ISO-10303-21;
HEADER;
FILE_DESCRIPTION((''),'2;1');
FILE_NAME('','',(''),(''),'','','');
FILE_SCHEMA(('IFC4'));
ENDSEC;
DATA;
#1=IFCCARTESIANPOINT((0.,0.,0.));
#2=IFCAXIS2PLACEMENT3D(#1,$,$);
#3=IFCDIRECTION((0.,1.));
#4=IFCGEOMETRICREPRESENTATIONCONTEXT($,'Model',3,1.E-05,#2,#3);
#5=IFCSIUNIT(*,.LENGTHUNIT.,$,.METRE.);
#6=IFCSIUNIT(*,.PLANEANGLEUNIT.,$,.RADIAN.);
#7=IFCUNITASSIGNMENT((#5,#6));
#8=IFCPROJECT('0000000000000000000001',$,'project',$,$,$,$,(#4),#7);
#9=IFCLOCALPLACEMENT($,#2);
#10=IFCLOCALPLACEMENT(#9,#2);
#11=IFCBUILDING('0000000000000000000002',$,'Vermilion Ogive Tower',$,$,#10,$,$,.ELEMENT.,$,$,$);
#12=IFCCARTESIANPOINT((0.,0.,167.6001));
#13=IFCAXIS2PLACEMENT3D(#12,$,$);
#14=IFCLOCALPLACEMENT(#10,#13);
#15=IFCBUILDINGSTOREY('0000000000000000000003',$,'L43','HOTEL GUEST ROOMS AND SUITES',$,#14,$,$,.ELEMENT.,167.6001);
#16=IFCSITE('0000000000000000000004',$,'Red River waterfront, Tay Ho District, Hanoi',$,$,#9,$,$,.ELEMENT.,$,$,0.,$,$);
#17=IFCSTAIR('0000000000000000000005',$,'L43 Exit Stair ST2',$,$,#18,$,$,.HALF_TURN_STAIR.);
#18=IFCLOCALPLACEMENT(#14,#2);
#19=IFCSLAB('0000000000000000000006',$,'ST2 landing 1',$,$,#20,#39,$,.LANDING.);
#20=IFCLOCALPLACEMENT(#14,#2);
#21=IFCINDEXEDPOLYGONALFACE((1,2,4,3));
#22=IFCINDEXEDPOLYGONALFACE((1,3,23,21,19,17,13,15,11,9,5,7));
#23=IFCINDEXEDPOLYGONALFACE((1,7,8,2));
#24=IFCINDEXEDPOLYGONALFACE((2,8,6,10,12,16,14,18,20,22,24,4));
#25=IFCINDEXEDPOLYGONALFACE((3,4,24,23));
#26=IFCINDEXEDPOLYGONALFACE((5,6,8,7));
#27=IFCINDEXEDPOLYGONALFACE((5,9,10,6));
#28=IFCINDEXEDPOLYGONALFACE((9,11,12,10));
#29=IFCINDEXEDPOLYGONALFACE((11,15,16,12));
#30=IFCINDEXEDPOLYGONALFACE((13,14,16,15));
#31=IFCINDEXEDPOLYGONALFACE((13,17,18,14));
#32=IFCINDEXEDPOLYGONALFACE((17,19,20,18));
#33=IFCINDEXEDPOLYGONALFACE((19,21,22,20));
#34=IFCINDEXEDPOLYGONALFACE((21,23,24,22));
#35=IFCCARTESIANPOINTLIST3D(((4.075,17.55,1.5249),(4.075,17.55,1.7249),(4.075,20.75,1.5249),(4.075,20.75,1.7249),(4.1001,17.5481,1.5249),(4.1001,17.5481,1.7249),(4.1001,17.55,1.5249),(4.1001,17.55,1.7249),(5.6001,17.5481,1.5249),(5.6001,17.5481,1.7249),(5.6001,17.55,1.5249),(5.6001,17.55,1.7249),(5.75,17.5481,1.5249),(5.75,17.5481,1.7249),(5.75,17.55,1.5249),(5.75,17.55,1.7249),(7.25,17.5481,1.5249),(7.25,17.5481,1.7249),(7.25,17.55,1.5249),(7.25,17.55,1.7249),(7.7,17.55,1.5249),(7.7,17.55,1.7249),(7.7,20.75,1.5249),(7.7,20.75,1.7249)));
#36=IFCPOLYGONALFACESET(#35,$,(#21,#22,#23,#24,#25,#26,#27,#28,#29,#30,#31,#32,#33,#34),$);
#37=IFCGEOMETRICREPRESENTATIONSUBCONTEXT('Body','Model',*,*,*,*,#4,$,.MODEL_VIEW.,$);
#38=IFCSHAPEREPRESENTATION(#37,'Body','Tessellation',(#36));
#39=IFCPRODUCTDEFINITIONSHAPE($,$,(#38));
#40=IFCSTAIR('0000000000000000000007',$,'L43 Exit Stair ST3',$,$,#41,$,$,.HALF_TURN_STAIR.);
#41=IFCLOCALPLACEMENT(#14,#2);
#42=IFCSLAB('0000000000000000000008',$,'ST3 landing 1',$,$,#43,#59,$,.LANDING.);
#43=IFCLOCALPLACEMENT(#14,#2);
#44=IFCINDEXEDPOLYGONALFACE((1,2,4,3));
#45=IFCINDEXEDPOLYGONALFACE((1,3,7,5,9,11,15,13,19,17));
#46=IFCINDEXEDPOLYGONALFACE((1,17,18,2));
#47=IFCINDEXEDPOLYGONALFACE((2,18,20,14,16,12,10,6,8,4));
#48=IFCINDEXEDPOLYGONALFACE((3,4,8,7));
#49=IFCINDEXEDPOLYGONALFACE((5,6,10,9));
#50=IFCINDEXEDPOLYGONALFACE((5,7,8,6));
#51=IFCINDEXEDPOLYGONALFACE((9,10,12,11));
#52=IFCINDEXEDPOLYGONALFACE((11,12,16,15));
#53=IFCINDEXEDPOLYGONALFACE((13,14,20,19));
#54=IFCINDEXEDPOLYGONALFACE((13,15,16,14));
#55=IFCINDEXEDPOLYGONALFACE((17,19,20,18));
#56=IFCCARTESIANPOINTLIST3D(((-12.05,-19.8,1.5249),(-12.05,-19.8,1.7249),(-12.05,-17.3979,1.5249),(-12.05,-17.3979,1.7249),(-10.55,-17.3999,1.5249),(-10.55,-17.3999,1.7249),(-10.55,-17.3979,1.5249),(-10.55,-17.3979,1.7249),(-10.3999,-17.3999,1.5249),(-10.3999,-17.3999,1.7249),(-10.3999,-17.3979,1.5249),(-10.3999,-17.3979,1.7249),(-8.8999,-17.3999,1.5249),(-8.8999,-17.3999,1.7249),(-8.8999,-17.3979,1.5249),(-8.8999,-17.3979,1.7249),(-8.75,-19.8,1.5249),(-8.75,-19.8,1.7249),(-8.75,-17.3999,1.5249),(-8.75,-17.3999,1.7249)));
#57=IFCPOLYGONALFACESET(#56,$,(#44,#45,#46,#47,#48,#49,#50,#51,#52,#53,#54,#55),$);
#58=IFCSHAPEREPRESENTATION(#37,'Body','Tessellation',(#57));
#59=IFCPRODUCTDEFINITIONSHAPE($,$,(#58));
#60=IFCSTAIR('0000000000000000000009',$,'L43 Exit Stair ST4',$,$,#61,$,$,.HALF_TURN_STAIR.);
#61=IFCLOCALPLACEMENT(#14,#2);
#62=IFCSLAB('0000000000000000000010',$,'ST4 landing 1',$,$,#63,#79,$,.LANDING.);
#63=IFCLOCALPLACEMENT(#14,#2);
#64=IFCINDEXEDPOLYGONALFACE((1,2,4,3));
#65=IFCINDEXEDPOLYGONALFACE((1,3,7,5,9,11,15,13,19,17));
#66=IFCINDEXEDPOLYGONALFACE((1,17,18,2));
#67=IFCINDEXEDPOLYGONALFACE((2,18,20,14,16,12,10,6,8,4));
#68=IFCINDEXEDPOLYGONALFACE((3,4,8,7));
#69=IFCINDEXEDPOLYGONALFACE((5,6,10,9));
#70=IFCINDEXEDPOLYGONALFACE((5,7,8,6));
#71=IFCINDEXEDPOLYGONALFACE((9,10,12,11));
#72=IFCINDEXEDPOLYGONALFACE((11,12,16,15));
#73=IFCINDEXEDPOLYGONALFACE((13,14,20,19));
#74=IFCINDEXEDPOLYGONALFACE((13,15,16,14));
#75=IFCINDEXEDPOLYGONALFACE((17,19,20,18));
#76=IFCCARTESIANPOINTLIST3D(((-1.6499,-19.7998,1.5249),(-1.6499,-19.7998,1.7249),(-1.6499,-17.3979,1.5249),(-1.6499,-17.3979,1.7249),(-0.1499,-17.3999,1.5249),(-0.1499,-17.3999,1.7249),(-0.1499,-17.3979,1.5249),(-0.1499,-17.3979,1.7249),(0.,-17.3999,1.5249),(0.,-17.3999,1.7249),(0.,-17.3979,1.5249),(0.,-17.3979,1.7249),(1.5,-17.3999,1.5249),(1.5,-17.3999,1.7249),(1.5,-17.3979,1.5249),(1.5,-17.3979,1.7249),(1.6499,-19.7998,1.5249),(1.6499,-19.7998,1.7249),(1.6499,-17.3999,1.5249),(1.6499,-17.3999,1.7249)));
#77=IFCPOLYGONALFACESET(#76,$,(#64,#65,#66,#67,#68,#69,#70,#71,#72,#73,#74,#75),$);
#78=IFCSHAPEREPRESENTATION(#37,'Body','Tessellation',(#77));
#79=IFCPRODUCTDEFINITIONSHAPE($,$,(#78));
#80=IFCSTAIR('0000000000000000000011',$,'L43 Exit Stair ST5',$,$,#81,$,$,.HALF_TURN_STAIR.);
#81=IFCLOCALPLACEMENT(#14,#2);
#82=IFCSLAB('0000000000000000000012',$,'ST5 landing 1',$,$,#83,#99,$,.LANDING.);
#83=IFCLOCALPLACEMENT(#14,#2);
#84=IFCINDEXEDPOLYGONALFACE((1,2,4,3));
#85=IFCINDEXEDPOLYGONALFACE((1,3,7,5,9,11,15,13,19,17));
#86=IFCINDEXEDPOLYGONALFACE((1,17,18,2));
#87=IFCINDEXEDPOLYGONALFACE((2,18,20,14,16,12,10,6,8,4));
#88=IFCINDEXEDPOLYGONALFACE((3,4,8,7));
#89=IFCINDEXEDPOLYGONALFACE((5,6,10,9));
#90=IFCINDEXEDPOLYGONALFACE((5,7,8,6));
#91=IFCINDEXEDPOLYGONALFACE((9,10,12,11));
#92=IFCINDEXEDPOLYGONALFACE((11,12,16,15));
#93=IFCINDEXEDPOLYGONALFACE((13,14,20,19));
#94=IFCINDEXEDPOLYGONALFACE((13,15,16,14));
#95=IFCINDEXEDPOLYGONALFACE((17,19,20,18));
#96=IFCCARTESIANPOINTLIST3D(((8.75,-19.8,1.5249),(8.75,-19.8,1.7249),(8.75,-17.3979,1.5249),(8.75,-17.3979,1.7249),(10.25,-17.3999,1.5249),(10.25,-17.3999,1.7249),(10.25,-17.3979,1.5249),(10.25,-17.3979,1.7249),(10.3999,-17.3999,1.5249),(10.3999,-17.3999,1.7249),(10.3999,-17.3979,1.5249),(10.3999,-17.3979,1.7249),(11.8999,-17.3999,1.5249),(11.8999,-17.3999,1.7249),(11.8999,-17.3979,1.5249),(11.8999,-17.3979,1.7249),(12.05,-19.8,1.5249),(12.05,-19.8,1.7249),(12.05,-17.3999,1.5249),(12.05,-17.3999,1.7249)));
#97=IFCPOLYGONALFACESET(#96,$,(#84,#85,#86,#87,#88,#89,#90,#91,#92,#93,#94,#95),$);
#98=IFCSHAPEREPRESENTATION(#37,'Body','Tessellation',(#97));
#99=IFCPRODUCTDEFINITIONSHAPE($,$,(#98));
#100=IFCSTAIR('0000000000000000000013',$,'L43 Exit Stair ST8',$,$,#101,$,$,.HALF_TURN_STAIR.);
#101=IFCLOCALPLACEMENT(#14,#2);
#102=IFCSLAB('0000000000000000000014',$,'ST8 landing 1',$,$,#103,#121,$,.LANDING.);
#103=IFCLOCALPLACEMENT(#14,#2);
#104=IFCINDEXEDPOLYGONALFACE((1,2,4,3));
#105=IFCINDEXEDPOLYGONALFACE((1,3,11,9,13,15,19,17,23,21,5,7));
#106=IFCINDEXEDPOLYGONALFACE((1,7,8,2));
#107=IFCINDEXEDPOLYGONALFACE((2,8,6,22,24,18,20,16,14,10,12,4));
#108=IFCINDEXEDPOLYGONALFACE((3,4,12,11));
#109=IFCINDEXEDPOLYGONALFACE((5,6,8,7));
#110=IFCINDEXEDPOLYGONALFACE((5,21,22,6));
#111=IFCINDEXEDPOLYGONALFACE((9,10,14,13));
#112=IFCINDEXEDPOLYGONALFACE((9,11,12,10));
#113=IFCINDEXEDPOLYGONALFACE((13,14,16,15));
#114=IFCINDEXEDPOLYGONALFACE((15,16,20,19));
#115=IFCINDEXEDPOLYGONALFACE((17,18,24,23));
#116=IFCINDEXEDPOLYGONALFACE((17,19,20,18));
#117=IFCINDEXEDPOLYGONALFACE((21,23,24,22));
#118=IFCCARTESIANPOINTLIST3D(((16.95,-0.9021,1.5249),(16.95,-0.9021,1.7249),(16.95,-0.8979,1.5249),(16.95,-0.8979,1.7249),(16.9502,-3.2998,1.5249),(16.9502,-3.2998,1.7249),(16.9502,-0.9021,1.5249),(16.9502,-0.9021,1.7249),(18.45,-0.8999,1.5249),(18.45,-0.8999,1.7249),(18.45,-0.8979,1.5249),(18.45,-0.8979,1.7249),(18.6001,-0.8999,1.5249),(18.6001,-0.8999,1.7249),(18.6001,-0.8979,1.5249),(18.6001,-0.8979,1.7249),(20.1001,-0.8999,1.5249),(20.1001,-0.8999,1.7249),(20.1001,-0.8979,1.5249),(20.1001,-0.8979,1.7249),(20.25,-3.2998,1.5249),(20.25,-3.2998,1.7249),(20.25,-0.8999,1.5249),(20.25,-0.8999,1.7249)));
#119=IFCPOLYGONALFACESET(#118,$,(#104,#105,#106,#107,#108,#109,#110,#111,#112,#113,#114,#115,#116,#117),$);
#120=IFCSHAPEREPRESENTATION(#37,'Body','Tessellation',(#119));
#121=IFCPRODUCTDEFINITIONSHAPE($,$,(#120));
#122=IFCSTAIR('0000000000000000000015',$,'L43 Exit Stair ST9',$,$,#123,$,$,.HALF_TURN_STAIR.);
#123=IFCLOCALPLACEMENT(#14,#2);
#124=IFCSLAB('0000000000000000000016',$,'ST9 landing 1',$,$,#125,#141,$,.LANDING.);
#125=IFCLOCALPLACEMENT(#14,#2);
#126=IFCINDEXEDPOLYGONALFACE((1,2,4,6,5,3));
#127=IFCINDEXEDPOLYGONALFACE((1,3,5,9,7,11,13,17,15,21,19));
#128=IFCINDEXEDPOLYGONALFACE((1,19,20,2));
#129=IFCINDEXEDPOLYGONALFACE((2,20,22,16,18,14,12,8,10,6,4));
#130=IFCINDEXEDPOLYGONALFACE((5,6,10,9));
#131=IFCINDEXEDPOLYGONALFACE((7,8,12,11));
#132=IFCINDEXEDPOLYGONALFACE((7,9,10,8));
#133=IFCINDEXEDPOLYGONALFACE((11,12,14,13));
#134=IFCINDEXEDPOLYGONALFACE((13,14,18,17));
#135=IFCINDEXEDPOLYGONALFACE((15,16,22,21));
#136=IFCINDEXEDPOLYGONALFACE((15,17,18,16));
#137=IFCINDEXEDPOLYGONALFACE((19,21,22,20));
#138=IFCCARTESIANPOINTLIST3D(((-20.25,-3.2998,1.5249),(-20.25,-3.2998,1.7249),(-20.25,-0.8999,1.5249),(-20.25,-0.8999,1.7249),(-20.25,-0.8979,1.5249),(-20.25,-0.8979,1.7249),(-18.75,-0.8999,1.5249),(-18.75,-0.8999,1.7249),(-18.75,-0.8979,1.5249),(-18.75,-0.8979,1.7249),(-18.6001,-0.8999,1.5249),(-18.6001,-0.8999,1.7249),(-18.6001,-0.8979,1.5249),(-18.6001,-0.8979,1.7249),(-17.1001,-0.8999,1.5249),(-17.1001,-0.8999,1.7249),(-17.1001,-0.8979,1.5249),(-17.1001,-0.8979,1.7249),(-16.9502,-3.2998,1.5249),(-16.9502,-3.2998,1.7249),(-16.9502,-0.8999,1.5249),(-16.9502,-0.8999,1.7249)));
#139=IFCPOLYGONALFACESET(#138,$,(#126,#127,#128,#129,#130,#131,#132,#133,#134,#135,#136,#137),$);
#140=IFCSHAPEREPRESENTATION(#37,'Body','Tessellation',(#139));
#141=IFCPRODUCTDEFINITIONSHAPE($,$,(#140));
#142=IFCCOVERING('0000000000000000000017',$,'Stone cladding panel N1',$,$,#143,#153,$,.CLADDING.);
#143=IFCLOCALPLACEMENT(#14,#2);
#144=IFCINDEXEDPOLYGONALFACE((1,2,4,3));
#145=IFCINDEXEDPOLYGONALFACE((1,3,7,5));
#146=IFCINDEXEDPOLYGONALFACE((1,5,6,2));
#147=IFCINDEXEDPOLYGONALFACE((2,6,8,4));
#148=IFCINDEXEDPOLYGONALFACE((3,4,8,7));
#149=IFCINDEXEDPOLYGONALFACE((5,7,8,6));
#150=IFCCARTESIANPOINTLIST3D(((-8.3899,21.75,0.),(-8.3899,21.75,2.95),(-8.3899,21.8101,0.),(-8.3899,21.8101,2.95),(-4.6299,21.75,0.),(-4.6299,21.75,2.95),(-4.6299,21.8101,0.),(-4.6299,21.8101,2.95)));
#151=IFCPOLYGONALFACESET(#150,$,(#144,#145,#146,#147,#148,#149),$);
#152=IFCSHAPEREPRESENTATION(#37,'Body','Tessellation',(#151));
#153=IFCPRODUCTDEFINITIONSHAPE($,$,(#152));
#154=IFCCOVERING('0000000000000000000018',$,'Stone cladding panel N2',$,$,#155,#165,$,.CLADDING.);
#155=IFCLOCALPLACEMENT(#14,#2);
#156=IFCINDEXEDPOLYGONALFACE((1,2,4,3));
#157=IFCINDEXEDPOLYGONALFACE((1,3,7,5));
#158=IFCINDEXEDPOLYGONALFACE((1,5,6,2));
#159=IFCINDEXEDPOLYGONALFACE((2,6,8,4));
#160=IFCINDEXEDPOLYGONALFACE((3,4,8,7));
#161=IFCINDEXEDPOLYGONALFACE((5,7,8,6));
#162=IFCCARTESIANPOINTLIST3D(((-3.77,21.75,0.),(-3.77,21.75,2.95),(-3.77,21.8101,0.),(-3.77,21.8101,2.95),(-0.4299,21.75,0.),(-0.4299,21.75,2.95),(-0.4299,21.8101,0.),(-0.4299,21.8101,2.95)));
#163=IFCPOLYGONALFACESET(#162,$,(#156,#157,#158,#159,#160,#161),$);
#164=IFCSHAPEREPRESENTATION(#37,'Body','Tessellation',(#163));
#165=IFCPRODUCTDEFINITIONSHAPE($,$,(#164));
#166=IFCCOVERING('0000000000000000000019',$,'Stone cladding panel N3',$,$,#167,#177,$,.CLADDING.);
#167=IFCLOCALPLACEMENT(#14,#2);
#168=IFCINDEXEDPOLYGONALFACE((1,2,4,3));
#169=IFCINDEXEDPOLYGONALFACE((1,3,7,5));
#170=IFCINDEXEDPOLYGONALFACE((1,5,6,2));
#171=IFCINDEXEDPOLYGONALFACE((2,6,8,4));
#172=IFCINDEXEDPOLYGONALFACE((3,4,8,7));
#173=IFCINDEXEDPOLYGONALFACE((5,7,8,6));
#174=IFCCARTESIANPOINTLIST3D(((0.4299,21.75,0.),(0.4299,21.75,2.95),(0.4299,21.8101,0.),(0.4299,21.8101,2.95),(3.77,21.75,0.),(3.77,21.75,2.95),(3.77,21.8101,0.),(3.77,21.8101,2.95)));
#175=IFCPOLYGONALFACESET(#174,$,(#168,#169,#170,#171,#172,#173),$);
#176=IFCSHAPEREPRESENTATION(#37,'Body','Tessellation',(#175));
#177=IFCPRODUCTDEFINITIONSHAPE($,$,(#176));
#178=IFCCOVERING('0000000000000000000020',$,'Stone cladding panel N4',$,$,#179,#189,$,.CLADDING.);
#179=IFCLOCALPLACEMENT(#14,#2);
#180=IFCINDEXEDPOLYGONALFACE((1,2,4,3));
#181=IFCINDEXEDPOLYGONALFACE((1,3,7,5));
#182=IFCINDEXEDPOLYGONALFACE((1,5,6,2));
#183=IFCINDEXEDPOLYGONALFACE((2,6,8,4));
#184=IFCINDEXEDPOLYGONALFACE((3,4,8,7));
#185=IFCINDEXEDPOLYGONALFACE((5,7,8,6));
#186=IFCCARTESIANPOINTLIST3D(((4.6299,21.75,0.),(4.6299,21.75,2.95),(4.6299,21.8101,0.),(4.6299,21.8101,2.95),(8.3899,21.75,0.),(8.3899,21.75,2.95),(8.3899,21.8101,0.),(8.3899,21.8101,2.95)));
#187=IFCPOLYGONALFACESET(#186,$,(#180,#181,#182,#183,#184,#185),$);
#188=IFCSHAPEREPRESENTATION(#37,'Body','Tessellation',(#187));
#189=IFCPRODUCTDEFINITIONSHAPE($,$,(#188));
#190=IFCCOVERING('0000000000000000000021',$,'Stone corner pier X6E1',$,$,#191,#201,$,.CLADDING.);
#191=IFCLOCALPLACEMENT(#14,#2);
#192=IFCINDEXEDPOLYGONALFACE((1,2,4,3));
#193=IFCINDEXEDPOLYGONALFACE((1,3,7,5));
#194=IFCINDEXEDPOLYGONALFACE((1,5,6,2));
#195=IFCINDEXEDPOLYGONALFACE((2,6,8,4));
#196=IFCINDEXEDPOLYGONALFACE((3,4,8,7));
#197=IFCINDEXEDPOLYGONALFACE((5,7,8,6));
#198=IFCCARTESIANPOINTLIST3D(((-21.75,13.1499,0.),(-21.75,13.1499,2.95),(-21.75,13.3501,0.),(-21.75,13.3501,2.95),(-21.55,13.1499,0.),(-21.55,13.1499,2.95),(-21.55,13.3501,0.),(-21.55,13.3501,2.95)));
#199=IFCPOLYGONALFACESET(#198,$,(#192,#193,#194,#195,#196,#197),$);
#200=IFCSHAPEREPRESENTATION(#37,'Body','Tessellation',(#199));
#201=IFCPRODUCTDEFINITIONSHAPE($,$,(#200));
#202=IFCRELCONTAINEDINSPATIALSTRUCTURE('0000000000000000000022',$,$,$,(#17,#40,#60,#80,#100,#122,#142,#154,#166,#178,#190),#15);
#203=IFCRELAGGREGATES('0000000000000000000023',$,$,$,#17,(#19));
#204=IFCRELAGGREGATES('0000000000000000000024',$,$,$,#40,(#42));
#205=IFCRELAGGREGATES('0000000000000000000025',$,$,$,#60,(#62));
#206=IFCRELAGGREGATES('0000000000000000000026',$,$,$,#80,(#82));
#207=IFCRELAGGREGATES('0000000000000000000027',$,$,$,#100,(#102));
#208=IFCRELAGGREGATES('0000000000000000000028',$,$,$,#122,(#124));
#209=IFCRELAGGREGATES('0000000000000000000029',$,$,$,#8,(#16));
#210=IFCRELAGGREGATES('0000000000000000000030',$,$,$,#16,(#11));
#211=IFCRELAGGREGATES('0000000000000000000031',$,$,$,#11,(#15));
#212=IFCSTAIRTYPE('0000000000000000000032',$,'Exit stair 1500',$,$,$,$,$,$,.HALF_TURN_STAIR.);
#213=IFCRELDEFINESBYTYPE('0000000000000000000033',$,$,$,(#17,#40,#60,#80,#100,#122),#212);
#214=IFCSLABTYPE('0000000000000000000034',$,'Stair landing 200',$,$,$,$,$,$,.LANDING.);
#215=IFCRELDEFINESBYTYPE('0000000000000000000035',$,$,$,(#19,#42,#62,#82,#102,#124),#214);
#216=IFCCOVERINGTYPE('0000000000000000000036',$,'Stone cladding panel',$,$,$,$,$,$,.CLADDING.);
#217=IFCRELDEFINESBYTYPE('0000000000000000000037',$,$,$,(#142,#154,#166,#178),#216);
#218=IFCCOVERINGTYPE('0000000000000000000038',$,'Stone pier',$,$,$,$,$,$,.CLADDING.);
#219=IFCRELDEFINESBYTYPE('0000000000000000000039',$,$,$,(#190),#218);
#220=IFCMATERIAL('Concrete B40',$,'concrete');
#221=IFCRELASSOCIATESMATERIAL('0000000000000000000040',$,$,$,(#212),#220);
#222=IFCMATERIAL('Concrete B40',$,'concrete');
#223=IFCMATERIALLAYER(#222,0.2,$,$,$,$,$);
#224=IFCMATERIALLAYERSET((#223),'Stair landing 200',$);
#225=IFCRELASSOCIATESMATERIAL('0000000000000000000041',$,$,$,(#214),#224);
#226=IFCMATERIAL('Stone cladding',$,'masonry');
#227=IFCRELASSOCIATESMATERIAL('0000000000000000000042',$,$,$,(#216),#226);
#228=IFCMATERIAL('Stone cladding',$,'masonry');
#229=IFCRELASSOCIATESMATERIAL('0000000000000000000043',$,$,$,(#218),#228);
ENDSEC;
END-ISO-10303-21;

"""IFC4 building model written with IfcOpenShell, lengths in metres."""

from ifc_helpers import new_model, si_unit, direction, frame, origin, place, context, subcontext, project, spatial, polyline, outline, extrude, material, layer, layer_set, type_object, element, aggregate, save


model = new_model("IFC4")

# Units and contexts
model_context = context("Model", 3, precision=1e-05, world=origin(), true_north=direction((0.0, 1.0)))
body_context = subcontext(model_context, "Body", "Model", "MODEL_VIEW")
ifc_project = project(units=[si_unit("LENGTHUNIT", "METRE"), si_unit("PLANEANGLEUNIT", "RADIAN")], contexts=[model_context])

# Site, building, storey
site_placement = place(None, origin())
site = spatial("IfcSite", under=ifc_project, at=site_placement, Name="Red River waterfront, Tay Ho District, Hanoi", CompositionType="ELEMENT", RefElevation=0.0)
building_placement = place(site_placement, origin())
building = spatial("IfcBuilding", under=site, at=building_placement, Name="Vermilion Ogive Tower", CompositionType="ELEMENT")
storey_placement = place(building_placement, frame((0.0, 0.0, 167.6001)))
storey = spatial("IfcBuildingStorey", under=building, at=storey_placement, Name="L43", Description="HOTEL GUEST ROOMS AND SUITES", CompositionType="ELEMENT", Elevation=167.6001)

# Stairs, slabs
ifc_material_1 = material(Name="Concrete B40", Category="concrete")
stair_type = type_object("IfcStairType", Name="Exit stair 1500", PredefinedType="HALF_TURN_STAIR", material=ifc_material_1)
ifc_material_2 = material(Name="Concrete B40", Category="concrete")
ifc_layer_1 = layer(ifc_material_2, 0.2)
ifc_layer_set_1 = layer_set([ifc_layer_1], Name="Stair landing 200")
slab_type_1 = type_object("IfcSlabType", Name="Stair landing 200", PredefinedType="LANDING", material=ifc_layer_set_1)
stair_1_placement = place(storey_placement, origin())
stair_1 = element("IfcStair", 1, at=stair_1_placement, inside=storey, type_object=stair_type, Name="L43 Exit Stair ST2", PredefinedType="HALF_TURN_STAIR")
slab_1_placement = place(storey_placement, frame((0.0, 0.0, 1.5249)))
slab_1 = element("IfcSlab", 2, at=slab_1_placement, type_object=slab_type_1, Name="ST2 landing 1", PredefinedType="LANDING", context=body_context, shape_type="SweptSolid", body=[
    extrude(outline(polyline([(5.6001, 17.55), (5.75, 17.55), (5.75, 17.5481), (7.25, 17.5481), (7.25, 17.55), (7.7, 17.55), (7.7, 20.75), (4.075, 20.75), (4.075, 17.55), (4.1001, 17.55), (4.1001, 17.5481), (5.6001, 17.5481), (5.6001, 17.55)])), origin(), (0.0, 0.0, 1.0), 0.2),
])
aggregate(stair_1, [slab_1])
stair_2_placement = place(storey_placement, origin())
stair_2 = element("IfcStair", 3, at=stair_2_placement, inside=storey, type_object=stair_type, Name="L43 Exit Stair ST3", PredefinedType="HALF_TURN_STAIR")
slab_2_placement = place(storey_placement, frame((0.0, 0.0, 1.5249)))
slab_2 = element("IfcSlab", 4, at=slab_2_placement, type_object=slab_type_1, Name="ST3 landing 1", PredefinedType="LANDING", context=body_context, shape_type="SweptSolid", body=[
    extrude(outline(polyline([(-8.75, -17.3999), (-8.8999, -17.3999), (-8.8999, -17.3979), (-10.3999, -17.3979), (-10.3999, -17.3999), (-10.55, -17.3999), (-10.55, -17.3979), (-12.05, -17.3979), (-12.05, -19.8), (-8.75, -19.8), (-8.75, -17.3999)])), origin(), (0.0, 0.0, 1.0), 0.2),
])
aggregate(stair_2, [slab_2])
stair_3_placement = place(storey_placement, origin())
stair_3 = element("IfcStair", 5, at=stair_3_placement, inside=storey, type_object=stair_type, Name="L43 Exit Stair ST4", PredefinedType="HALF_TURN_STAIR")
slab_3_placement = place(storey_placement, frame((0.0, 0.0, 1.5249)))
slab_3 = element("IfcSlab", 6, at=slab_3_placement, type_object=slab_type_1, Name="ST4 landing 1", PredefinedType="LANDING", context=body_context, shape_type="SweptSolid", body=[
    extrude(outline(polyline([(1.6499, -17.3999), (1.5, -17.3999), (1.5, -17.3979), (0.0, -17.3979), (0.0, -17.3999), (-0.1499, -17.3999), (-0.1499, -17.3979), (-1.6499, -17.3979), (-1.6499, -19.7998), (1.6499, -19.7998), (1.6499, -17.3999)])), origin(), (0.0, 0.0, 1.0), 0.2),
])
aggregate(stair_3, [slab_3])
stair_4_placement = place(storey_placement, origin())
stair_4 = element("IfcStair", 7, at=stair_4_placement, inside=storey, type_object=stair_type, Name="L43 Exit Stair ST5", PredefinedType="HALF_TURN_STAIR")
slab_4_placement = place(storey_placement, frame((0.0, 0.0, 1.5249)))
slab_4 = element("IfcSlab", 8, at=slab_4_placement, type_object=slab_type_1, Name="ST5 landing 1", PredefinedType="LANDING", context=body_context, shape_type="SweptSolid", body=[
    extrude(outline(polyline([(12.05, -17.3999), (11.8999, -17.3999), (11.8999, -17.3979), (10.3999, -17.3979), (10.3999, -17.3999), (10.25, -17.3999), (10.25, -17.3979), (8.75, -17.3979), (8.75, -19.8), (12.05, -19.8), (12.05, -17.3999)])), origin(), (0.0, 0.0, 1.0), 0.2),
])
aggregate(stair_4, [slab_4])
stair_5_placement = place(storey_placement, origin())
stair_5 = element("IfcStair", 9, at=stair_5_placement, inside=storey, type_object=stair_type, Name="L43 Exit Stair ST8", PredefinedType="HALF_TURN_STAIR")
slab_5_placement = place(storey_placement, frame((0.0, 0.0, 1.5249)))
slab_5 = element("IfcSlab", 10, at=slab_5_placement, type_object=slab_type_1, Name="ST8 landing 1", PredefinedType="LANDING", context=body_context, shape_type="SweptSolid", body=[
    extrude(outline(polyline([(20.25, -0.8999), (20.1001, -0.8999), (20.1001, -0.8979), (18.6001, -0.8979), (18.6001, -0.8999), (18.45, -0.8999), (18.45, -0.8979), (16.95, -0.8979), (16.95, -0.9021), (16.9502, -0.9021), (16.9502, -3.2998), (20.25, -3.2998), (20.25, -0.8999)])), origin(), (0.0, 0.0, 1.0), 0.2),
])
aggregate(stair_5, [slab_5])
stair_6_placement = place(storey_placement, origin())
stair_6 = element("IfcStair", 11, at=stair_6_placement, inside=storey, type_object=stair_type, Name="L43 Exit Stair ST9", PredefinedType="HALF_TURN_STAIR")
slab_6_placement = place(storey_placement, frame((0.0, 0.0, 1.5249)))
slab_6 = element("IfcSlab", 12, at=slab_6_placement, type_object=slab_type_1, Name="ST9 landing 1", PredefinedType="LANDING", context=body_context, shape_type="SweptSolid", body=[
    extrude(outline(polyline([(-16.9502, -0.8999), (-17.1001, -0.8999), (-17.1001, -0.8979), (-18.6001, -0.8979), (-18.6001, -0.8999), (-18.75, -0.8999), (-18.75, -0.8979), (-20.25, -0.8979), (-20.25, -0.8999), (-20.25, -0.8999), (-20.25, -3.2998), (-16.9502, -3.2998), (-16.9502, -0.8999)])), origin(), (0.0, 0.0, 1.0), 0.2),
])
aggregate(stair_6, [slab_6])

# Coverings
ifc_material_3 = material(Name="Stone cladding", Category="masonry")
covering_type_1 = type_object("IfcCoveringType", Name="Stone cladding panel", PredefinedType="CLADDING", material=ifc_material_3)
covering_1_placement = place(storey_placement, origin())
element("IfcCovering", 13, at=covering_1_placement, inside=storey, type_object=covering_type_1, Name="Stone cladding panel N1", PredefinedType="CLADDING", context=body_context, shape_type="SweptSolid", body=[
    extrude(outline(polyline([(-8.3899, 21.75), (-4.6299, 21.75), (-4.6299, 21.8101), (-8.3899, 21.8101), (-8.3899, 21.75)])), origin(), (0.0, 0.0, 1.0), 2.95),
])
covering_2_placement = place(storey_placement, origin())
element("IfcCovering", 14, at=covering_2_placement, inside=storey, type_object=covering_type_1, Name="Stone cladding panel N2", PredefinedType="CLADDING", context=body_context, shape_type="SweptSolid", body=[
    extrude(outline(polyline([(-3.77, 21.75), (-0.4299, 21.75), (-0.4299, 21.8101), (-3.77, 21.8101), (-3.77, 21.75)])), origin(), (0.0, 0.0, 1.0), 2.95),
])
covering_3_placement = place(storey_placement, origin())
element("IfcCovering", 15, at=covering_3_placement, inside=storey, type_object=covering_type_1, Name="Stone cladding panel N3", PredefinedType="CLADDING", context=body_context, shape_type="SweptSolid", body=[
    extrude(outline(polyline([(0.4299, 21.75), (3.77, 21.75), (3.77, 21.8101), (0.4299, 21.8101), (0.4299, 21.75)])), origin(), (0.0, 0.0, 1.0), 2.95),
])
covering_4_placement = place(storey_placement, origin())
element("IfcCovering", 16, at=covering_4_placement, inside=storey, type_object=covering_type_1, Name="Stone cladding panel N4", PredefinedType="CLADDING", context=body_context, shape_type="SweptSolid", body=[
    extrude(outline(polyline([(4.6299, 21.75), (8.3899, 21.75), (8.3899, 21.8101), (4.6299, 21.8101), (4.6299, 21.75)])), origin(), (0.0, 0.0, 1.0), 2.95),
])
ifc_material_4 = material(Name="Stone cladding", Category="masonry")
covering_type_2 = type_object("IfcCoveringType", Name="Stone pier", PredefinedType="CLADDING", material=ifc_material_4)
covering_5_placement = place(storey_placement, origin())
element("IfcCovering", 17, at=covering_5_placement, inside=storey, type_object=covering_type_2, Name="Stone corner pier X6E1", PredefinedType="CLADDING", context=body_context, shape_type="SweptSolid", body=[
    extrude(outline(polyline([(-21.55, 13.3501), (-21.55, 13.1499), (-21.75, 13.1499), (-21.75, 13.3501), (-21.55, 13.3501)])), origin(), (0.0, 0.0, 1.0), 2.95),
])

save(model, "model.ifc")
